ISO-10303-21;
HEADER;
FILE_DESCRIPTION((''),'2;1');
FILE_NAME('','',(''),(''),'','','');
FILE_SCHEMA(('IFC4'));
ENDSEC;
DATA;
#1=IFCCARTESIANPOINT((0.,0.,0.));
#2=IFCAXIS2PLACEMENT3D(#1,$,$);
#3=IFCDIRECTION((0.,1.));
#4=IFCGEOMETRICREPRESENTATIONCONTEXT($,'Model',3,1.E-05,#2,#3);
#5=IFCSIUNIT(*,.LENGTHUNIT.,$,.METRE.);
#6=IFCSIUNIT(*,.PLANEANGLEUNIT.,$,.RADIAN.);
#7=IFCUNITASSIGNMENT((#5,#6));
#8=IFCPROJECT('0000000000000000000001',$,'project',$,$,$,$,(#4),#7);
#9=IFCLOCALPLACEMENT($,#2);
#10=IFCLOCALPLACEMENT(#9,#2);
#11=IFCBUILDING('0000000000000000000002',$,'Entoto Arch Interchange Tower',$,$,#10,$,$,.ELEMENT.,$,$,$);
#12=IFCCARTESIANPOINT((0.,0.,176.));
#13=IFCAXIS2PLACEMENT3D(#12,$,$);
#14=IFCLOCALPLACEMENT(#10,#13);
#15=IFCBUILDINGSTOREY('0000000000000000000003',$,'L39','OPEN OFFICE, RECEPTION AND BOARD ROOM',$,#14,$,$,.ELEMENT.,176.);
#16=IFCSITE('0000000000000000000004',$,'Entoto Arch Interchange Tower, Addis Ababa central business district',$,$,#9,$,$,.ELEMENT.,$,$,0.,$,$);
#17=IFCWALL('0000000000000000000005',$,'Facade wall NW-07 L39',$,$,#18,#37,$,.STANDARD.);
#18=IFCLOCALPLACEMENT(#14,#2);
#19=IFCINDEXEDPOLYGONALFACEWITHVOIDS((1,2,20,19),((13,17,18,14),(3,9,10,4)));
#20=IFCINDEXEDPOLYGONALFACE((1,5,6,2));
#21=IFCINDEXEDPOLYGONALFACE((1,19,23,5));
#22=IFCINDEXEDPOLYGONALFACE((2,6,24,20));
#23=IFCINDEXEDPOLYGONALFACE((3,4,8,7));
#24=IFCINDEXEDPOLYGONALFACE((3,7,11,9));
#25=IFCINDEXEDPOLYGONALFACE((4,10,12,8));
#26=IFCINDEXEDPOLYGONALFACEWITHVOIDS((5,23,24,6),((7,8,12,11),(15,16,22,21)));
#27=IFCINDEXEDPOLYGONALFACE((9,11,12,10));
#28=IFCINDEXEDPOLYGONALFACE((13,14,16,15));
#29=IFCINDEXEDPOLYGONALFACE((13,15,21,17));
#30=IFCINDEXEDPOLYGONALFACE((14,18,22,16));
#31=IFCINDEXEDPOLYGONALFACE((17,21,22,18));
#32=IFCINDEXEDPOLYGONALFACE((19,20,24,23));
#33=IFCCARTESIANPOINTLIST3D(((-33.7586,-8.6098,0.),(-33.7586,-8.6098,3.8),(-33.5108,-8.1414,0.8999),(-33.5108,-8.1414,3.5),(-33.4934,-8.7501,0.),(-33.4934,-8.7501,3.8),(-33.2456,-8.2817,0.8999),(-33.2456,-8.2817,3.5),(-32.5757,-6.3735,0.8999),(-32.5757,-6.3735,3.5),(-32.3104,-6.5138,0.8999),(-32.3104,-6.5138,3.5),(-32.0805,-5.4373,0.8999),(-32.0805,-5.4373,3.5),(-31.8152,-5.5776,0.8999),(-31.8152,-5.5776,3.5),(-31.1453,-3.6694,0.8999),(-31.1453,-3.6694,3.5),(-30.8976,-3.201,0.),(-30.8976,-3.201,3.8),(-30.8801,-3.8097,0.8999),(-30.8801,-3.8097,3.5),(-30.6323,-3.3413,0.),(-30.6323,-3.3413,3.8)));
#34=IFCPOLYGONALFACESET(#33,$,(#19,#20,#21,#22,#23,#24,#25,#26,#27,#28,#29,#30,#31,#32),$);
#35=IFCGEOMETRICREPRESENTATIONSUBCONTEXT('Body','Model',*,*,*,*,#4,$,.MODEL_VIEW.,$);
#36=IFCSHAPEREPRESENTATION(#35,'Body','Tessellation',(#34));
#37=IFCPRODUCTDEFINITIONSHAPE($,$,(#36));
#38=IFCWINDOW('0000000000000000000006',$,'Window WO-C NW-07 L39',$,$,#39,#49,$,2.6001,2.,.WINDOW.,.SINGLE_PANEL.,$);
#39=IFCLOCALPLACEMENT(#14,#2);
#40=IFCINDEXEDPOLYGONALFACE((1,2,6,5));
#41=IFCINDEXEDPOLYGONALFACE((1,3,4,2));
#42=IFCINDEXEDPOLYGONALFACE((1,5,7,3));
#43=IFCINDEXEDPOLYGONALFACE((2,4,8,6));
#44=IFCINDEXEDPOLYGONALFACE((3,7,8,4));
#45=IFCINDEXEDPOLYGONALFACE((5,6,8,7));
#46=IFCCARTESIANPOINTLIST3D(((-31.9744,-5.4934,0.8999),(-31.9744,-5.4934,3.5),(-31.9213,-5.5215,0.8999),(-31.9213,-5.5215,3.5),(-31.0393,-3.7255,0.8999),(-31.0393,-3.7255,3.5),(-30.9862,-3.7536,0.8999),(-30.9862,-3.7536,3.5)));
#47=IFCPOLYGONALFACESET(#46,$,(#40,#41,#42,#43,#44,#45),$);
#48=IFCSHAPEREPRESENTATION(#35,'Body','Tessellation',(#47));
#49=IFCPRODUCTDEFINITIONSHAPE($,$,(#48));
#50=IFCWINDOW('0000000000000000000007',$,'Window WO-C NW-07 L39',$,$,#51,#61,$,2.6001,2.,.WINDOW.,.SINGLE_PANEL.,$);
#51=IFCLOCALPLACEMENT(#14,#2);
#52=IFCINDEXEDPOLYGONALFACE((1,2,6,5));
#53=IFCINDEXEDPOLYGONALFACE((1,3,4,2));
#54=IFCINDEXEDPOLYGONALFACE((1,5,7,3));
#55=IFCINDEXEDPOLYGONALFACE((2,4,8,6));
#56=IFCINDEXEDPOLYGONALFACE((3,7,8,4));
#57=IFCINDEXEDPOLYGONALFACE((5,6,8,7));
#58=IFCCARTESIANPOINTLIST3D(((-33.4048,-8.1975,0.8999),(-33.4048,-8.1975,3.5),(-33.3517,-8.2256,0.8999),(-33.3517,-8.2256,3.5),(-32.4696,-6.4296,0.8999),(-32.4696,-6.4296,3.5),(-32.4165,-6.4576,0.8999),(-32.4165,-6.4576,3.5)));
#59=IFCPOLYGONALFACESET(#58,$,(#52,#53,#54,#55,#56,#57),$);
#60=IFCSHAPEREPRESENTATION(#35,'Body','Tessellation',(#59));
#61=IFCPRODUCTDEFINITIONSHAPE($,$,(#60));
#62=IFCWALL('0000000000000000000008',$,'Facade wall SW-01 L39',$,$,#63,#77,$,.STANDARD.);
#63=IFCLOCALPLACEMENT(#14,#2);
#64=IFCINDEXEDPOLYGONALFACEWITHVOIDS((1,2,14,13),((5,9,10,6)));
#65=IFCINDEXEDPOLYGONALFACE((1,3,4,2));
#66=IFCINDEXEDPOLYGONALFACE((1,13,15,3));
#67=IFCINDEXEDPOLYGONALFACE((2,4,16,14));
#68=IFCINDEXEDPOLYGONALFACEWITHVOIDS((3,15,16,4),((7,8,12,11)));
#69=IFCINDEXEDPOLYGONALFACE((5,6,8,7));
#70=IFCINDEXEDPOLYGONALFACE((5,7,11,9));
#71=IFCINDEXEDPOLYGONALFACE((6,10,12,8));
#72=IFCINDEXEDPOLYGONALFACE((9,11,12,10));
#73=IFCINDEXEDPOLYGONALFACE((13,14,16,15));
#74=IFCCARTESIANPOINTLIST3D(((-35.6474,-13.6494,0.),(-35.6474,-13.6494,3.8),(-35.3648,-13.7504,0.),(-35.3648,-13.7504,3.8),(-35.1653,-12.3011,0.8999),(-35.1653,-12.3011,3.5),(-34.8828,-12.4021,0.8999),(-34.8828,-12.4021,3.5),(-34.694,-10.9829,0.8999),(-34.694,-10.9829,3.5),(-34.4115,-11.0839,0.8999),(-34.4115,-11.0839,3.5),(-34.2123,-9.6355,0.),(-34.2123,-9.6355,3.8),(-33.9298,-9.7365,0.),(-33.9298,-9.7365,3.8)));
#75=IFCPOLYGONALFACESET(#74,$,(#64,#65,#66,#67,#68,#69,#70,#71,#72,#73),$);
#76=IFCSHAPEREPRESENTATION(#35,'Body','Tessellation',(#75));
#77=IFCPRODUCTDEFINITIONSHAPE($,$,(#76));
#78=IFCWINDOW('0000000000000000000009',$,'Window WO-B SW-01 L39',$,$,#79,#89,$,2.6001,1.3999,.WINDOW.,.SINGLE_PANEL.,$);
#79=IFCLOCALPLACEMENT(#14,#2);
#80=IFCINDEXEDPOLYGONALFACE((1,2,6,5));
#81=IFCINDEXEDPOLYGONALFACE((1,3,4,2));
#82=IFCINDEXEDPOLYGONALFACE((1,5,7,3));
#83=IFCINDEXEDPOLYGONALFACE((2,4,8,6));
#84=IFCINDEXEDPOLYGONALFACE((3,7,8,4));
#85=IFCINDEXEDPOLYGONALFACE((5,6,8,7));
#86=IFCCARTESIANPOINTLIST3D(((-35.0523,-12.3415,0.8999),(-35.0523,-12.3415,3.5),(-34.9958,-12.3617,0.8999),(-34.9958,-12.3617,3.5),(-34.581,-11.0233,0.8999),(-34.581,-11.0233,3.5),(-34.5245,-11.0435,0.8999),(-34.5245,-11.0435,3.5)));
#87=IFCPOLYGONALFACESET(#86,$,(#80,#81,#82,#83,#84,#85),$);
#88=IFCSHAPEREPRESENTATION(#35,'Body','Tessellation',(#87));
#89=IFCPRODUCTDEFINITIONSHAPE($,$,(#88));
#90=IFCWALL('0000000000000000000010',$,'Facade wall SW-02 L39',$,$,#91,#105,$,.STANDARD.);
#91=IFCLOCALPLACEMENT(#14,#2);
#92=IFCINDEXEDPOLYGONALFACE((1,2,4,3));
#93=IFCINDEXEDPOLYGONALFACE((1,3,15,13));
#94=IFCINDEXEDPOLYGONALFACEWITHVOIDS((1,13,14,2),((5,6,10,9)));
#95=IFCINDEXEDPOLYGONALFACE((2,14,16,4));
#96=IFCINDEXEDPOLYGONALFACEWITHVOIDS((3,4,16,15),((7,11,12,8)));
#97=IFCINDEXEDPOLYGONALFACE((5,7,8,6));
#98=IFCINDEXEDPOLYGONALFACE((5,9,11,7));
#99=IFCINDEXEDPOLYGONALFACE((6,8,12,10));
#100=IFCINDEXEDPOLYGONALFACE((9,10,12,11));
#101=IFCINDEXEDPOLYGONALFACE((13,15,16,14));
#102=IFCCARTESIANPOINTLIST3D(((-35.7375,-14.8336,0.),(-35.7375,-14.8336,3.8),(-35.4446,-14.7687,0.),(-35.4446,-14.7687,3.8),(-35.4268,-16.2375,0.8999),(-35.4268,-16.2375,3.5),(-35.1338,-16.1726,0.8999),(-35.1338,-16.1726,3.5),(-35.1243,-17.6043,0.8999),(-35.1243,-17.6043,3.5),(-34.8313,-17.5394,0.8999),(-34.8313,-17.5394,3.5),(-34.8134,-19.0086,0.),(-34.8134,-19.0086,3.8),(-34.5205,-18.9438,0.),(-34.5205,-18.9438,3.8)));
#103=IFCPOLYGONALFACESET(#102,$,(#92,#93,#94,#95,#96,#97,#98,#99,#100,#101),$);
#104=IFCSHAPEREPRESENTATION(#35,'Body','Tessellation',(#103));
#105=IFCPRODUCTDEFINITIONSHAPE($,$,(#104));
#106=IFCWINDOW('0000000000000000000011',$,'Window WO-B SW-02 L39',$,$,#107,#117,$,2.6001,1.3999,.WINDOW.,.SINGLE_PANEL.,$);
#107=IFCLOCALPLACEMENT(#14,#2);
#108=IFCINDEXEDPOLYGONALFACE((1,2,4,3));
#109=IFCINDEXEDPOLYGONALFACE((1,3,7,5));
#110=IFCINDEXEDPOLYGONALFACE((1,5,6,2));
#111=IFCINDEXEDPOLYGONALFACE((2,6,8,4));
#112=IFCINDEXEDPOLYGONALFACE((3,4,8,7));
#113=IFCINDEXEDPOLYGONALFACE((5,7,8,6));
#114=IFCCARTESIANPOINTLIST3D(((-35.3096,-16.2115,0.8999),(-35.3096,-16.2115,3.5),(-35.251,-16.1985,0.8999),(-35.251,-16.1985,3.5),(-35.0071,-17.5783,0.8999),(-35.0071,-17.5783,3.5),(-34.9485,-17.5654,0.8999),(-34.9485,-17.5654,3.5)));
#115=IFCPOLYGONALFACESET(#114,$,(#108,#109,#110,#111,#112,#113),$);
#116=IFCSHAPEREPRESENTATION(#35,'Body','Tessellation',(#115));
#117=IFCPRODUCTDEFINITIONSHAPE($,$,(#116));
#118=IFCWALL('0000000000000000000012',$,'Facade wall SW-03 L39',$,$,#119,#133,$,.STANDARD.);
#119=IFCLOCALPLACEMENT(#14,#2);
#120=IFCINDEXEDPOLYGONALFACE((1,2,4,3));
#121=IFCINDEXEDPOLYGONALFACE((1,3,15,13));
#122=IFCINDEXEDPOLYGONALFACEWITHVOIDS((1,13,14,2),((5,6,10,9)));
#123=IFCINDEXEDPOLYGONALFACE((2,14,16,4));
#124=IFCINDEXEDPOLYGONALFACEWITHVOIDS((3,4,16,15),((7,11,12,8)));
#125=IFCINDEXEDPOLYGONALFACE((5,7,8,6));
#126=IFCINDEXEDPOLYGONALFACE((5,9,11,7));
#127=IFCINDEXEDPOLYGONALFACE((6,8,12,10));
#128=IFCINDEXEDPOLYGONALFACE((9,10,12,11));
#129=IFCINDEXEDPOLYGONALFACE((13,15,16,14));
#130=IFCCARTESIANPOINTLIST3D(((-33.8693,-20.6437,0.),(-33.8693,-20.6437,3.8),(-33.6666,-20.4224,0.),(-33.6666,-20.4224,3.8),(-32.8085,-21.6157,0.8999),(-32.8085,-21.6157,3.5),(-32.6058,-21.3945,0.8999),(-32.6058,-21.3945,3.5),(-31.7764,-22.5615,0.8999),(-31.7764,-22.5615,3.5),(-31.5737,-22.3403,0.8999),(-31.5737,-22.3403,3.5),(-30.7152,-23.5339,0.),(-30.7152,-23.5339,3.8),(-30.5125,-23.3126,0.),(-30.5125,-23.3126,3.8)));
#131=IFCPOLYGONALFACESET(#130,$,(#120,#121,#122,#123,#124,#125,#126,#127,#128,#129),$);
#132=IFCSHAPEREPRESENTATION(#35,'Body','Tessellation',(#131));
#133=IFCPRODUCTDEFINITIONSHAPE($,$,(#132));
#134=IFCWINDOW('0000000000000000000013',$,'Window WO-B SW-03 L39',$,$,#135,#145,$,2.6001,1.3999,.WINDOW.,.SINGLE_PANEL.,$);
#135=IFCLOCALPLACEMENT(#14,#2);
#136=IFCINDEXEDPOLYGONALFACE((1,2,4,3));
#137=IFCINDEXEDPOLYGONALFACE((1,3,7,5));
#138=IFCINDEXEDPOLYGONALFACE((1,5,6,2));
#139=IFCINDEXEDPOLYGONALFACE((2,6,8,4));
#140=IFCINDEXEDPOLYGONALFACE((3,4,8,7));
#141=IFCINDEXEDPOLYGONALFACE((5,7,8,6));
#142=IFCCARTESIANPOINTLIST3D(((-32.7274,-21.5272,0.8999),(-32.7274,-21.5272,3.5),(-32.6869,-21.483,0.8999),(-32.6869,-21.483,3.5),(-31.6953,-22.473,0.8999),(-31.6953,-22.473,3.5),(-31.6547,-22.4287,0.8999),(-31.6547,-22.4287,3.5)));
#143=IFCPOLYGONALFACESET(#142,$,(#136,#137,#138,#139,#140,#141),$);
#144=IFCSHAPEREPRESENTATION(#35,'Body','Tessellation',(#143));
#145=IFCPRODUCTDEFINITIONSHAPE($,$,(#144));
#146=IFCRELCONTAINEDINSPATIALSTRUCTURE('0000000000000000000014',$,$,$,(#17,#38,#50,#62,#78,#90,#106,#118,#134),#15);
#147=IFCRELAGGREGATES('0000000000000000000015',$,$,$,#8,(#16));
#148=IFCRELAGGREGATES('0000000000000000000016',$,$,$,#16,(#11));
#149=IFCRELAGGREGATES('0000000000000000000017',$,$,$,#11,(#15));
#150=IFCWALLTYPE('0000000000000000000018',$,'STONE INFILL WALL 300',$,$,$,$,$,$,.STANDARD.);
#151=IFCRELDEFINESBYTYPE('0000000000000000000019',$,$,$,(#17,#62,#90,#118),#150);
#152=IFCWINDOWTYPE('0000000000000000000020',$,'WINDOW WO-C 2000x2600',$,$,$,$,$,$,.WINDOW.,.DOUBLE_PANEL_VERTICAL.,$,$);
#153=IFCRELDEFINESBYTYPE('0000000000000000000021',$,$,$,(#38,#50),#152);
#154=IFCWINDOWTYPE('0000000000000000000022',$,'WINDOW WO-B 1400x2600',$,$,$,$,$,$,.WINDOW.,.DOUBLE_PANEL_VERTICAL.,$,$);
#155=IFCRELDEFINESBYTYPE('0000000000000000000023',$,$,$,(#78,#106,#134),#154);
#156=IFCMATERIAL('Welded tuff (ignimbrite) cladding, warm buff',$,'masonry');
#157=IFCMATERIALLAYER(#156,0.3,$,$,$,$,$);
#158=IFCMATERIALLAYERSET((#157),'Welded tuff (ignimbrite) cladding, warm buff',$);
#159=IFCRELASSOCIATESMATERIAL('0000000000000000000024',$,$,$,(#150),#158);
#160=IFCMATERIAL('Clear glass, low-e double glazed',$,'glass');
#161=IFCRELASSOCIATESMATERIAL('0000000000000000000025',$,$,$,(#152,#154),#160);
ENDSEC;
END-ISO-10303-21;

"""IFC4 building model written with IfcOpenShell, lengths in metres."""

from ifc_helpers import new_model, si_unit, direction, frame, frame_2d, origin, place, context, subcontext, project, spatial, rectangle, extrude, material, layer, layer_set, type_object, element, fill, save


model = new_model("IFC4")

# Units and contexts
model_context = context("Model", 3, precision=1e-05, world=origin(), true_north=direction((0.0, 1.0)))
body_context = subcontext(model_context, "Body", "Model", "MODEL_VIEW")
ifc_project = project(units=[si_unit("LENGTHUNIT", "METRE"), si_unit("PLANEANGLEUNIT", "RADIAN")], contexts=[model_context])

# Site, building, storey
site_placement = place(None, origin())
site = spatial("IfcSite", under=ifc_project, at=site_placement, Name="Entoto Arch Interchange Tower, Addis Ababa central business district", CompositionType="ELEMENT", RefElevation=0.0)
building_placement = place(site_placement, origin())
building = spatial("IfcBuilding", under=site, at=building_placement, Name="Entoto Arch Interchange Tower", CompositionType="ELEMENT")
storey_placement = place(building_placement, frame((0.0, 0.0, 176.0)))
storey = spatial("IfcBuildingStorey", under=building, at=storey_placement, Name="L39", Description="OPEN OFFICE, RECEPTION AND BOARD ROOM", CompositionType="ELEMENT", Elevation=176.0)

# Wall, openings, windows
ifc_material_1 = material(Name="Welded tuff (ignimbrite) cladding, warm buff", Category="masonry")
ifc_layer_1 = layer(ifc_material_1, 0.3)
ifc_layer_set_1 = layer_set([ifc_layer_1], Name="Welded tuff (ignimbrite) cladding, warm buff")
wall_type_1 = type_object("IfcWallType", Name="STONE INFILL WALL 300", PredefinedType="STANDARD", material=ifc_layer_set_1)
wall_1_placement = place(storey_placement, frame((-30.7649, -3.271, 0.0), z_axis=(0.0, 0.0, 1.0), x_axis=(-0.467572, -0.883955, 0.0)))
wall_1 = element("IfcWall", 1, at=wall_1_placement, inside=storey, type_object=wall_type_1, Name="Facade wall NW-07 L39", PredefinedType="STANDARD", context=body_context, shape_type="SweptSolid", body=[
    extrude(rectangle(XDim=6.1189, YDim=0.3, at=frame_2d((3.0596, 0.0))), origin(), (0.0, 0.0, 1.0), 3.8),
])
opening_1_placement = place(wall_1_placement, frame((0.53, 0.0, 0.8999)))
opening_1 = element("IfcOpeningElement", 2, at=opening_1_placement, cuts=wall_1, PredefinedType="OPENING", context=body_context, shape_type="SweptSolid", body=[
    extrude(rectangle(XDim=2.0, YDim=2.6001, at=frame_2d((1.0, 1.3))), frame((0.0, 0.1602, 0.0), z_axis=(0.0, -1.0, 0.0), x_axis=(1.0, 0.0, 0.0)), (0.0, 0.0, 1.0), 0.3201),
])
opening_2_placement = place(wall_1_placement, frame((3.5891, 0.0, 0.8999)))
opening_2 = element("IfcOpeningElement", 3, at=opening_2_placement, cuts=wall_1, PredefinedType="OPENING", context=body_context, shape_type="SweptSolid", body=[
    extrude(rectangle(XDim=2.0, YDim=2.6001, at=frame_2d((1.0, 1.3))), frame((0.0, 0.1602, 0.0), z_axis=(0.0, -1.0, 0.0), x_axis=(1.0, 0.0, 0.0)), (0.0, 0.0, 1.0), 0.3201),
])
ifc_material_2 = material(Name="Clear glass, low-e double glazed", Category="glass")
window_type_1 = type_object("IfcWindowType", Name="WINDOW WO-C 2000x2600", PartitioningType="DOUBLE_PANEL_VERTICAL", PredefinedType="WINDOW", material=ifc_material_2)
window_1_placement = place(opening_1_placement, origin())
window_1 = element("IfcWindow", 4, at=window_1_placement, inside=storey, type_object=window_type_1, Name="Window WO-C NW-07 L39", OverallHeight=2.6001, OverallWidth=2.0, PartitioningType="SINGLE_PANEL", PredefinedType="WINDOW", context=body_context, shape_type="SweptSolid", body=[
    extrude(rectangle(XDim=2.0, YDim=2.6001, at=frame_2d((1.0, 1.3))), frame((0.0, 0.03, 0.0), z_axis=(0.0, -1.0, 0.0), x_axis=(1.0, 0.0, 0.0)), (0.0, 0.0, 1.0), 0.0601),
])
fill(opening_1, window_1)
window_2_placement = place(opening_2_placement, origin())
window_2 = element("IfcWindow", 5, at=window_2_placement, inside=storey, type_object=window_type_1, Name="Window WO-C NW-07 L39", OverallHeight=2.6001, OverallWidth=2.0, PartitioningType="SINGLE_PANEL", PredefinedType="WINDOW", context=body_context, shape_type="SweptSolid", body=[
    extrude(rectangle(XDim=2.0, YDim=2.6001, at=frame_2d((1.0, 1.3))), frame((0.0, 0.03, 0.0), z_axis=(0.0, -1.0, 0.0), x_axis=(1.0, 0.0, 0.0)), (0.0, 0.0, 1.0), 0.0601),
])
fill(opening_2, window_2)

# Walls, openings, windows
wall_2_placement = place(storey_placement, frame((-34.071, -9.686, 0.0), z_axis=(0.0, 0.0, 1.0), x_axis=(-0.336652, -0.941629, 0.0)))
wall_2 = element("IfcWall", 6, at=wall_2_placement, inside=storey, type_object=wall_type_1, Name="Facade wall SW-01 L39", PredefinedType="STANDARD", context=body_context, shape_type="SweptSolid", body=[
    extrude(rectangle(XDim=4.2627, YDim=0.3, at=frame_2d((2.1313, 0.0))), origin(), (0.0, 0.0, 1.0), 3.8),
])
opening_3_placement = place(wall_2_placement, frame((1.4309, 0.0, 0.8999)))
opening_3 = element("IfcOpeningElement", 7, at=opening_3_placement, cuts=wall_2, PredefinedType="OPENING", context=body_context, shape_type="SweptSolid", body=[
    extrude(rectangle(XDim=1.3999, YDim=2.6001, at=frame_2d((0.7, 1.3))), frame((0.0, 0.1602, 0.0), z_axis=(0.0, -1.0, 0.0), x_axis=(1.0, 0.0, 0.0)), (0.0, 0.0, 1.0), 0.3201),
])
window_type_2 = type_object("IfcWindowType", Name="WINDOW WO-B 1400x2600", PartitioningType="DOUBLE_PANEL_VERTICAL", PredefinedType="WINDOW", material=ifc_material_2)
window_3_placement = place(opening_3_placement, origin())
window_3 = element("IfcWindow", 8, at=window_3_placement, inside=storey, type_object=window_type_2, Name="Window WO-B SW-01 L39", OverallHeight=2.6001, OverallWidth=1.3999, PartitioningType="SINGLE_PANEL", PredefinedType="WINDOW", context=body_context, shape_type="SweptSolid", body=[
    extrude(rectangle(XDim=1.3999, YDim=2.6001, at=frame_2d((0.7, 1.3))), frame((0.0, 0.03, 0.0), z_axis=(0.0, -1.0, 0.0), x_axis=(1.0, 0.0, 0.0)), (0.0, 0.0, 1.0), 0.0601),
])
fill(opening_3, window_3)
wall_3_placement = place(storey_placement, frame((-35.5911, -14.801, 0.0), z_axis=(0.0, 0.0, 1.0), x_axis=(0.216102, -0.976371, 0.0)))
wall_3 = element("IfcWall", 9, at=wall_3_placement, inside=storey, type_object=wall_type_1, Name="Facade wall SW-02 L39", PredefinedType="STANDARD", context=body_context, shape_type="SweptSolid", body=[
    extrude(rectangle(XDim=4.2761, YDim=0.3, at=frame_2d((2.1382, 0.0))), origin(), (0.0, 0.0, 1.0), 3.8),
])
opening_4_placement = place(wall_3_placement, frame((1.438, 0.0, 0.8999)))
opening_4 = element("IfcOpeningElement", 10, at=opening_4_placement, cuts=wall_3, PredefinedType="OPENING", context=body_context, shape_type="SweptSolid", body=[
    extrude(rectangle(XDim=1.3999, YDim=2.6001, at=frame_2d((0.7, 1.3))), frame((0.0, 0.1602, 0.0), z_axis=(0.0, -1.0, 0.0), x_axis=(1.0, 0.0, 0.0)), (0.0, 0.0, 1.0), 0.3201),
])
window_4_placement = place(opening_4_placement, origin())
window_4 = element("IfcWindow", 11, at=window_4_placement, inside=storey, type_object=window_type_2, Name="Window WO-B SW-02 L39", OverallHeight=2.6001, OverallWidth=1.3999, PartitioningType="SINGLE_PANEL", PredefinedType="WINDOW", context=body_context, shape_type="SweptSolid", body=[
    extrude(rectangle(XDim=1.3999, YDim=2.6001, at=frame_2d((0.7, 1.3))), frame((0.0, 0.03, 0.0), z_axis=(0.0, -1.0, 0.0), x_axis=(1.0, 0.0, 0.0)), (0.0, 0.0, 1.0), 0.0601),
])
fill(opening_4, window_4)
wall_4_placement = place(storey_placement, frame((-33.7681, -20.533, 0.0), z_axis=(0.0, 0.0, 1.0), x_axis=(0.73728, -0.675588, 0.0)))
wall_4 = element("IfcWall", 12, at=wall_4_placement, inside=storey, type_object=wall_type_1, Name="Facade wall SW-03 L39", PredefinedType="STANDARD", context=body_context, shape_type="SweptSolid", body=[
    extrude(rectangle(XDim=4.2781, YDim=0.3, at=frame_2d((2.1392, 0.0))), origin(), (0.0, 0.0, 1.0), 3.8),
])
opening_5_placement = place(wall_4_placement, frame((1.439, 0.0, 0.8999)))
opening_5 = element("IfcOpeningElement", 13, at=opening_5_placement, cuts=wall_4, PredefinedType="OPENING", context=body_context, shape_type="SweptSolid", body=[
    extrude(rectangle(XDim=1.3999, YDim=2.6001, at=frame_2d((0.7, 1.3))), frame((0.0, 0.1602, 0.0), z_axis=(0.0, -1.0, 0.0), x_axis=(1.0, 0.0, 0.0)), (0.0, 0.0, 1.0), 0.3201),
])
window_5_placement = place(opening_5_placement, origin())
window_5 = element("IfcWindow", 14, at=window_5_placement, inside=storey, type_object=window_type_2, Name="Window WO-B SW-03 L39", OverallHeight=2.6001, OverallWidth=1.3999, PartitioningType="SINGLE_PANEL", PredefinedType="WINDOW", context=body_context, shape_type="SweptSolid", body=[
    extrude(rectangle(XDim=1.3999, YDim=2.6001, at=frame_2d((0.7, 1.3))), frame((0.0, 0.03, 0.0), z_axis=(0.0, -1.0, 0.0), x_axis=(1.0, 0.0, 0.0)), (0.0, 0.0, 1.0), 0.0601),
])
fill(opening_5, window_5)

save(model, "model.ifc")
